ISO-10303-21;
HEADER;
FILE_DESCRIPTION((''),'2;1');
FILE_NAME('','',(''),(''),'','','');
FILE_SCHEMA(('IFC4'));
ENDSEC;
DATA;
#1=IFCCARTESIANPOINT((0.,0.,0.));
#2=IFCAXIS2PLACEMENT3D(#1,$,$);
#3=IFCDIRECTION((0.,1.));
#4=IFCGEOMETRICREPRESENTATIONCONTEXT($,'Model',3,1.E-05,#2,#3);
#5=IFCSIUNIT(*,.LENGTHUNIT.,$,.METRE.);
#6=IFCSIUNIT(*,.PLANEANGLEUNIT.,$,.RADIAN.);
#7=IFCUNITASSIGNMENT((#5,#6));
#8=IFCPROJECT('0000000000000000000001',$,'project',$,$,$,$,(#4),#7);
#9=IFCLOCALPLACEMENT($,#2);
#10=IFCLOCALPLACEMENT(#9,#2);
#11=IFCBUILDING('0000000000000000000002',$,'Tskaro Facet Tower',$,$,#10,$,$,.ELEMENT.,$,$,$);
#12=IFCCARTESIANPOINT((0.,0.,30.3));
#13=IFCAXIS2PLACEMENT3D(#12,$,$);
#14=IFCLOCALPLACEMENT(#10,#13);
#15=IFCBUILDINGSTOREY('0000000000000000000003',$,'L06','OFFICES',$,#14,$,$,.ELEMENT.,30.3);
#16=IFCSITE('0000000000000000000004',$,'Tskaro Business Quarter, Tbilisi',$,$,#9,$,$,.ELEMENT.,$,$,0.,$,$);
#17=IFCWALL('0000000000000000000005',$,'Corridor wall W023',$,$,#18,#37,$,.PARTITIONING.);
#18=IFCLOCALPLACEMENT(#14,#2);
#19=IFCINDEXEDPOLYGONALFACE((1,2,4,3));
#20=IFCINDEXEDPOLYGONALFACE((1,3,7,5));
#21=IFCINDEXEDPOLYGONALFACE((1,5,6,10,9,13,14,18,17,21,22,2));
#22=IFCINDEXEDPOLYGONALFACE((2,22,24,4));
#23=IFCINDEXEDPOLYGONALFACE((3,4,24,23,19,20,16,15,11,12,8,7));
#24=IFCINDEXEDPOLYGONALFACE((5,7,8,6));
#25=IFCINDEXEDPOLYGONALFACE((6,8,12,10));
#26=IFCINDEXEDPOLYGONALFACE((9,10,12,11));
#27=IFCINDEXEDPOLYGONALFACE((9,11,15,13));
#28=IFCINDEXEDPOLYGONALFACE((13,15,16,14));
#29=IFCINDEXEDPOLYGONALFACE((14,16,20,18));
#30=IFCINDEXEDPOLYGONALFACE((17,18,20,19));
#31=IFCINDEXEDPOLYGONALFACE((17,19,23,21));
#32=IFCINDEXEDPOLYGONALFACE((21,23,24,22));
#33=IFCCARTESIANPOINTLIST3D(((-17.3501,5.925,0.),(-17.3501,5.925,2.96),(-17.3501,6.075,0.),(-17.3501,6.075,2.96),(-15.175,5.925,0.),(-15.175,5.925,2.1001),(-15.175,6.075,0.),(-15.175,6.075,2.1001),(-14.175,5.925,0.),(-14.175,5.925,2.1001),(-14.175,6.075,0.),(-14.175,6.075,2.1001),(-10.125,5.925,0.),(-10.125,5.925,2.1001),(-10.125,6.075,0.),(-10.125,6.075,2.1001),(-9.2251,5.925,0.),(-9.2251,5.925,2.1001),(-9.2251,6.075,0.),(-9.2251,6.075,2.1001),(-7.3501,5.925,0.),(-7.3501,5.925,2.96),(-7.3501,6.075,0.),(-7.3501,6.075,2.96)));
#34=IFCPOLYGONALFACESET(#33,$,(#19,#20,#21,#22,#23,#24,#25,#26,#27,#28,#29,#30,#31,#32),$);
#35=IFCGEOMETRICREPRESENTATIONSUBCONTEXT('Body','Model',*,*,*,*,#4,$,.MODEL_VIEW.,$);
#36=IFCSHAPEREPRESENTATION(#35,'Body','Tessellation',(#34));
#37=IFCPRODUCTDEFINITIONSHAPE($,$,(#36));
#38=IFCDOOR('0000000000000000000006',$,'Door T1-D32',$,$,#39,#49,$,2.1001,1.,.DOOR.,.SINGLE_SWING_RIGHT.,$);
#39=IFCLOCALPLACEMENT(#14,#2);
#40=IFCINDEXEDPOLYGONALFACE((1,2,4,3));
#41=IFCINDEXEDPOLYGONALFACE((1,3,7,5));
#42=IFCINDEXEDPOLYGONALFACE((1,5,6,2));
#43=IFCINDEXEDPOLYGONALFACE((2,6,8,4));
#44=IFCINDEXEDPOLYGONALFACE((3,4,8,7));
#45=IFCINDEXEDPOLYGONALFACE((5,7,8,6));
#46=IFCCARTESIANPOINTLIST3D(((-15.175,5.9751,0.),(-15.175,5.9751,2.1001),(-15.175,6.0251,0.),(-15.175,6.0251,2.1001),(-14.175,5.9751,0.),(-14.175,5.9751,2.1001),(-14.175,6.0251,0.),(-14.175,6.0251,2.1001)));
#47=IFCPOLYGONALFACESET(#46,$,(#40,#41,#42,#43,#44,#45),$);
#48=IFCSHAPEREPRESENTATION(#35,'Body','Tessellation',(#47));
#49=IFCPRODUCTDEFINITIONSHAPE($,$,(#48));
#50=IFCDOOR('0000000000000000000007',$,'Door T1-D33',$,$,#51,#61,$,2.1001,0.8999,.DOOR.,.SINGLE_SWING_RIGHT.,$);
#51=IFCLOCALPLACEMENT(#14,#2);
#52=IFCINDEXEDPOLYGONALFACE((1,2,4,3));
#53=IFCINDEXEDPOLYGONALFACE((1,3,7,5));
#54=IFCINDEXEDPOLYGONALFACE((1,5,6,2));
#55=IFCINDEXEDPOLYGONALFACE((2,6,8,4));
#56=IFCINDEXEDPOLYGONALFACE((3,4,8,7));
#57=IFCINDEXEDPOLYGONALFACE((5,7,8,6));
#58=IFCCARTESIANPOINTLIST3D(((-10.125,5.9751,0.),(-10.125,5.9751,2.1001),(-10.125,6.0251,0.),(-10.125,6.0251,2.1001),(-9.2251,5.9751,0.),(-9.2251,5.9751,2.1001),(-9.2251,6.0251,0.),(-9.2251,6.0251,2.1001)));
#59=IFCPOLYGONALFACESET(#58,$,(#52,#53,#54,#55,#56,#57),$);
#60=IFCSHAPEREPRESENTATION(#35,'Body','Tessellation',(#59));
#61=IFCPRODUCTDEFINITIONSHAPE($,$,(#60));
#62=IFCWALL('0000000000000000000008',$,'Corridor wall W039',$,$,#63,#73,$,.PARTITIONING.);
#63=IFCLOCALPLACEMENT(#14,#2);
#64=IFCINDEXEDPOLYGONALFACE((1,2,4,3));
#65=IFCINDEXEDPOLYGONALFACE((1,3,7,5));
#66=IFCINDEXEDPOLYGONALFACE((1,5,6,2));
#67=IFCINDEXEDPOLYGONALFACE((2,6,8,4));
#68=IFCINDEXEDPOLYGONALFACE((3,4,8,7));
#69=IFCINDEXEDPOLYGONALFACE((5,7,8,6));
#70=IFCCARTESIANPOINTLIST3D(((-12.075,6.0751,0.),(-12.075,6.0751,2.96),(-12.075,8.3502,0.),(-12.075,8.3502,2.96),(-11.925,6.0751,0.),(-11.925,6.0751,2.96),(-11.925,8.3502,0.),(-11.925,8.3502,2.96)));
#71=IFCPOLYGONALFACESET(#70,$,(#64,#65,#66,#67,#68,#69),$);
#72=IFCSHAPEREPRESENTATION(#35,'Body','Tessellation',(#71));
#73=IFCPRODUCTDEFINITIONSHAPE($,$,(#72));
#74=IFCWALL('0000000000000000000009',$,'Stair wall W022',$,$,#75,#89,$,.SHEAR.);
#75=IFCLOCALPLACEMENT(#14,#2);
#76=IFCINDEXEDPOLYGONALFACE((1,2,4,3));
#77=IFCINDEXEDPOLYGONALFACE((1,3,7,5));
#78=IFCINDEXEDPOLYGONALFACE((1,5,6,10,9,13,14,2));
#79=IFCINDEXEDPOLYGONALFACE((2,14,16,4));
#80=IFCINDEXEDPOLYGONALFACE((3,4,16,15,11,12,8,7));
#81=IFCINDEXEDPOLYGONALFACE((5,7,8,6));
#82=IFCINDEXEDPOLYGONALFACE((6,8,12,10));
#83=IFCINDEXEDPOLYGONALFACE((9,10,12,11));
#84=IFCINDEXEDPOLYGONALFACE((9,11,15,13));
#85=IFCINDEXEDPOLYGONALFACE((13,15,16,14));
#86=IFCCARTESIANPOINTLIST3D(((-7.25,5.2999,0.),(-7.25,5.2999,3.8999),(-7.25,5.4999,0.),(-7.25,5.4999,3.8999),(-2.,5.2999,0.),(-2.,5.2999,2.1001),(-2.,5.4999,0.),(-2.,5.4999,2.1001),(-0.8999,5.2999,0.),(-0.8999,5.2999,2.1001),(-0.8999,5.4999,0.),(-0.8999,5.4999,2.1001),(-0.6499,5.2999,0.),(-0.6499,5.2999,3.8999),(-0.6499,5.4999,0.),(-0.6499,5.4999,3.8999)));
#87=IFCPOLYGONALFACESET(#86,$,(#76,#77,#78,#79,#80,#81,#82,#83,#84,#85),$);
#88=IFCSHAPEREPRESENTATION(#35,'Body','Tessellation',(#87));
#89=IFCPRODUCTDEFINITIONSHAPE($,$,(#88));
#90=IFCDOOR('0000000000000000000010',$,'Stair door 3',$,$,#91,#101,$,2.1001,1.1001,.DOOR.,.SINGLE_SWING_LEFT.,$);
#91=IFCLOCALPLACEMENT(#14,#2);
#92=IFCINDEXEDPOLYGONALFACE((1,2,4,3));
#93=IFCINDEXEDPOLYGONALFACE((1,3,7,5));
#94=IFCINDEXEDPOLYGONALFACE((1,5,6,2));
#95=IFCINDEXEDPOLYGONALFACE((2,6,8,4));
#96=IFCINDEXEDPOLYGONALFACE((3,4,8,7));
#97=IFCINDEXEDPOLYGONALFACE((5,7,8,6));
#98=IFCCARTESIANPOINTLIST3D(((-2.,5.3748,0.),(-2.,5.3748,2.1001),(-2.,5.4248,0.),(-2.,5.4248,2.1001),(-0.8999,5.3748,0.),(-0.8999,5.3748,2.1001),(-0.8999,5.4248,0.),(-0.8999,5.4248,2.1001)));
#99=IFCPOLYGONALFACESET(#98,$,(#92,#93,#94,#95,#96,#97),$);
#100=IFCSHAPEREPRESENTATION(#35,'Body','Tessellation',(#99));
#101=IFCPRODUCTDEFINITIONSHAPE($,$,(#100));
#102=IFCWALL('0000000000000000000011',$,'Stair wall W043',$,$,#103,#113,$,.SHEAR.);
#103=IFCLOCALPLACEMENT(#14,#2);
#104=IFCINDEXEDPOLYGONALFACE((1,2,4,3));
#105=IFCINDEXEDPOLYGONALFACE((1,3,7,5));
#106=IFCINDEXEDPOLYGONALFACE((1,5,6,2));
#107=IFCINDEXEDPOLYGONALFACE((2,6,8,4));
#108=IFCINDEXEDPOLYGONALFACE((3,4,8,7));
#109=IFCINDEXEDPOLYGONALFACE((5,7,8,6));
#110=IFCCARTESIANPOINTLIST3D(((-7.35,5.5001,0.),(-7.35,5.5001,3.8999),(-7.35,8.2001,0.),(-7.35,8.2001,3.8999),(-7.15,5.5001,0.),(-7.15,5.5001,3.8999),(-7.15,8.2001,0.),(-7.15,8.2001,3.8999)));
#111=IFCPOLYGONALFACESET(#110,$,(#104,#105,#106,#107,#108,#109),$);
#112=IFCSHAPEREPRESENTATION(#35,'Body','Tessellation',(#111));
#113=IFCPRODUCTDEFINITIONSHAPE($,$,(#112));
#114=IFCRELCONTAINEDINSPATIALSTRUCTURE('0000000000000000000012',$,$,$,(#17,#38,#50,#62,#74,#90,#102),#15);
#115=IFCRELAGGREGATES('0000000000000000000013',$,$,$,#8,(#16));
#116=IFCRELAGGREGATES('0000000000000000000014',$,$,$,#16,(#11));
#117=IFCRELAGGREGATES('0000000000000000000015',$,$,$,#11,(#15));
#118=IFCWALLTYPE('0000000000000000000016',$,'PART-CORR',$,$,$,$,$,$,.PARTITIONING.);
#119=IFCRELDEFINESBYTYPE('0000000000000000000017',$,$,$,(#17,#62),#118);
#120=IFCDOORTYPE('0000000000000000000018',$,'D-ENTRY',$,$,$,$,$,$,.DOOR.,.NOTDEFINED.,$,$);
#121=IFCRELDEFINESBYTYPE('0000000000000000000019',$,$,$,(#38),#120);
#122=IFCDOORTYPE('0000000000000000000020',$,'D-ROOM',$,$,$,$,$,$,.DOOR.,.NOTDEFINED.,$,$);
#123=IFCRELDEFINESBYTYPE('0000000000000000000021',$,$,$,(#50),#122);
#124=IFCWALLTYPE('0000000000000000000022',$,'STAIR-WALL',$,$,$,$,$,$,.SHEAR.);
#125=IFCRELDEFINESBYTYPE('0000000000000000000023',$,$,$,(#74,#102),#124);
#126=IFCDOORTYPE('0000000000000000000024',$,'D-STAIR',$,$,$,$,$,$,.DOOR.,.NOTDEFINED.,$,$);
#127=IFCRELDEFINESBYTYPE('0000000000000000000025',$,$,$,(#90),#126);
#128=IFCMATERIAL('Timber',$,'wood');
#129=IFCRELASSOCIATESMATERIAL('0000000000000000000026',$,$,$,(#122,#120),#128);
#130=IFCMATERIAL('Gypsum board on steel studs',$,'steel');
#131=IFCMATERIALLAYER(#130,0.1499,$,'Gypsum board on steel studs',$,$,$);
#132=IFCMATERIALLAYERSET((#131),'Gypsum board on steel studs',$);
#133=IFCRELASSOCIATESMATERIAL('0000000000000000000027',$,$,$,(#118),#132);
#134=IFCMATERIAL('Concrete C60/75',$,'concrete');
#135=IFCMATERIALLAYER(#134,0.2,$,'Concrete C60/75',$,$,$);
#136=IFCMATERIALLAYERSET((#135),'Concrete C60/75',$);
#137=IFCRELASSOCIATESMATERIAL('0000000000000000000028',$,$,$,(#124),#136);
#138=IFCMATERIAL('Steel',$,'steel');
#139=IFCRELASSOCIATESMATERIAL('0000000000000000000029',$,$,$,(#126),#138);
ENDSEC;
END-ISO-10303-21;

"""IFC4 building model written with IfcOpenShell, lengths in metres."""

from ifc_helpers import new_model, si_unit, direction, frame, frame_2d, origin, place, context, subcontext, project, spatial, rectangle, extrude, material, layer, layer_set, type_object, element, fill, save


model = new_model("IFC4")

# Units and contexts
model_context = context("Model", 3, precision=1e-05, world=origin(), true_north=direction((0.0, 1.0)))
body_context = subcontext(model_context, "Body", "Model", "MODEL_VIEW")
ifc_project = project(units=[si_unit("LENGTHUNIT", "METRE"), si_unit("PLANEANGLEUNIT", "RADIAN")], contexts=[model_context])

# Site, building, storey
site_placement = place(None, origin())
site = spatial("IfcSite", under=ifc_project, at=site_placement, Name="Tskaro Business Quarter, Tbilisi", CompositionType="ELEMENT", RefElevation=0.0)
building_placement = place(site_placement, origin())
building = spatial("IfcBuilding", under=site, at=building_placement, Name="Tskaro Facet Tower", CompositionType="ELEMENT")
storey_placement = place(building_placement, frame((0.0, 0.0, 30.3)))
storey = spatial("IfcBuildingStorey", under=building, at=storey_placement, Name="L06", Description="OFFICES", CompositionType="ELEMENT", Elevation=30.3)

# Shared definitions
ifc_material_1 = material(Name="Concrete C60/75", Category="concrete")

# Wall, openings, doors
ifc_material_2 = material(Name="Steel", Category="steel")
ifc_material_3 = material(Name="Timber", Category="wood")
door_type_1 = type_object("IfcDoorType", Name="D-ROOM", OperationType="NOTDEFINED", PredefinedType="DOOR", material=ifc_material_3)
ifc_material_4 = material(Name="Gypsum board on steel studs", Category="steel")
ifc_layer_1 = layer(ifc_material_4, 0.1499, Name="Gypsum board on steel studs")
ifc_layer_set_1 = layer_set([ifc_layer_1], Name="Gypsum board on steel studs")
wall_type_1 = type_object("IfcWallType", Name="PART-CORR", PredefinedType="PARTITIONING", material=ifc_layer_set_1)
wall_1_placement = place(storey_placement, frame((-7.3501, 6.0, 0.0), z_axis=(0.0, 0.0, 1.0), x_axis=(-1.0, 0.0, 0.0)))
wall_1 = element("IfcWall", 1, at=wall_1_placement, inside=storey, type_object=wall_type_1, Name="Corridor wall W023", PredefinedType="PARTITIONING", context=body_context, shape_type="SweptSolid", body=[
    extrude(rectangle(XDim=10.0, YDim=0.1499, at=frame_2d((5.0, 0.0))), origin(), (0.0, 0.0, 1.0), 2.96),
])
opening_1_placement = place(wall_1_placement, frame((6.825, 0.0, 0.0)))
opening_1 = element("IfcOpeningElement", 2, at=opening_1_placement, cuts=wall_1, PredefinedType="OPENING", context=body_context, shape_type="SweptSolid", body=[
    extrude(rectangle(XDim=1.0, YDim=2.1001, at=frame_2d((0.5, 1.05))), frame((0.0, 0.085, 0.0), z_axis=(0.0, -1.0, 0.0), x_axis=(1.0, 0.0, 0.0)), (0.0, 0.0, 1.0), 0.1699),
])
opening_2_placement = place(wall_1_placement, frame((1.875, 0.0, 0.0)))
opening_2 = element("IfcOpeningElement", 3, at=opening_2_placement, cuts=wall_1, PredefinedType="OPENING", context=body_context, shape_type="SweptSolid", body=[
    extrude(rectangle(XDim=0.8999, YDim=2.1001, at=frame_2d((0.45, 1.05))), frame((0.0, 0.085, 0.0), z_axis=(0.0, -1.0, 0.0), x_axis=(1.0, 0.0, 0.0)), (0.0, 0.0, 1.0), 0.1699),
])
door_type_2 = type_object("IfcDoorType", Name="D-ENTRY", OperationType="NOTDEFINED", PredefinedType="DOOR", material=ifc_material_3)
door_1_placement = place(opening_1_placement, origin())
door_1 = element("IfcDoor", 4, at=door_1_placement, inside=storey, type_object=door_type_2, Name="Door T1-D32", OperationType="SINGLE_SWING_RIGHT", OverallHeight=2.1001, OverallWidth=1.0, PredefinedType="DOOR", context=body_context, shape_type="SweptSolid", body=[
    extrude(rectangle(XDim=1.0, YDim=2.1001, at=frame_2d((0.5, 1.05))), frame((0.0, 0.0249, 0.0), z_axis=(0.0, -1.0, 0.0), x_axis=(1.0, 0.0, 0.0)), (0.0, 0.0, 1.0), 0.05),
])
fill(opening_1, door_1)
door_2_placement = place(opening_2_placement, origin())
door_2 = element("IfcDoor", 5, at=door_2_placement, inside=storey, type_object=door_type_1, Name="Door T1-D33", OperationType="SINGLE_SWING_RIGHT", OverallHeight=2.1001, OverallWidth=0.8999, PredefinedType="DOOR", context=body_context, shape_type="SweptSolid", body=[
    extrude(rectangle(XDim=0.8999, YDim=2.1001, at=frame_2d((0.45, 1.05))), frame((0.0, 0.0249, 0.0), z_axis=(0.0, -1.0, 0.0), x_axis=(1.0, 0.0, 0.0)), (0.0, 0.0, 1.0), 0.05),
])
fill(opening_2, door_2)

# Wall
wall_2_placement = place(storey_placement, frame((-12.0, 6.075, 0.0), z_axis=(0.0, 0.0, 1.0), x_axis=(0.0, 1.0, 0.0)))
element("IfcWall", 6, at=wall_2_placement, inside=storey, type_object=wall_type_1, Name="Corridor wall W039", PredefinedType="PARTITIONING", context=body_context, shape_type="SweptSolid", body=[
    extrude(rectangle(XDim=2.2751, YDim=0.1499, at=frame_2d((1.1377, 0.0))), origin(), (0.0, 0.0, 1.0), 2.96),
])

# Wall, opening, door
ifc_layer_2 = layer(ifc_material_1, 0.2, Name="Concrete C60/75")
ifc_layer_set_2 = layer_set([ifc_layer_2], Name="Concrete C60/75")
wall_type_2 = type_object("IfcWallType", Name="STAIR-WALL", PredefinedType="SHEAR", material=ifc_layer_set_2)
wall_3_placement = place(storey_placement, frame((-7.25, 5.3999, 0.0), z_axis=(0.0, 0.0, 1.0), x_axis=(1.0, 0.0, 0.0)))
wall_3 = element("IfcWall", 7, at=wall_3_placement, inside=storey, type_object=wall_type_2, Name="Stair wall W022", PredefinedType="SHEAR", context=body_context, shape_type="SweptSolid", body=[
    extrude(rectangle(XDim=6.6001, YDim=0.2, at=frame_2d((3.3, 0.0))), origin(), (0.0, 0.0, 1.0), 3.8999),
])
opening_3_placement = place(wall_3_placement, frame((5.25, 0.0, 0.0)))
opening_3 = element("IfcOpeningElement", 8, at=opening_3_placement, cuts=wall_3, PredefinedType="OPENING", context=body_context, shape_type="SweptSolid", body=[
    extrude(rectangle(XDim=1.1001, YDim=2.1001, at=frame_2d((0.55, 1.05))), frame((0.0, 0.1099, 0.0), z_axis=(0.0, -1.0, 0.0), x_axis=(1.0, 0.0, 0.0)), (0.0, 0.0, 1.0), 0.22),
])
door_type_3 = type_object("IfcDoorType", Name="D-STAIR", OperationType="NOTDEFINED", PredefinedType="DOOR", material=ifc_material_2)
door_3_placement = place(opening_3_placement, origin())
door_3 = element("IfcDoor", 9, at=door_3_placement, inside=storey, type_object=door_type_3, Name="Stair door 3", OperationType="SINGLE_SWING_LEFT", OverallHeight=2.1001, OverallWidth=1.1001, PredefinedType="DOOR", context=body_context, shape_type="SweptSolid", body=[
    extrude(rectangle(XDim=1.1001, YDim=2.1001, at=frame_2d((0.55, 1.05))), frame((0.0, 0.0249, 0.0), z_axis=(0.0, -1.0, 0.0), x_axis=(1.0, 0.0, 0.0)), (0.0, 0.0, 1.0), 0.05),
])
fill(opening_3, door_3)

# Wall
wall_4_placement = place(storey_placement, frame((-7.25, 5.5, 0.0), z_axis=(0.0, 0.0, 1.0), x_axis=(0.0, 1.0, 0.0)))
element("IfcWall", 10, at=wall_4_placement, inside=storey, type_object=wall_type_2, Name="Stair wall W043", PredefinedType="SHEAR", context=body_context, shape_type="SweptSolid", body=[
    extrude(rectangle(XDim=2.7, YDim=0.2, at=frame_2d((1.3501, 0.0))), origin(), (0.0, 0.0, 1.0), 3.8999),
])

save(model, "model.ifc")
